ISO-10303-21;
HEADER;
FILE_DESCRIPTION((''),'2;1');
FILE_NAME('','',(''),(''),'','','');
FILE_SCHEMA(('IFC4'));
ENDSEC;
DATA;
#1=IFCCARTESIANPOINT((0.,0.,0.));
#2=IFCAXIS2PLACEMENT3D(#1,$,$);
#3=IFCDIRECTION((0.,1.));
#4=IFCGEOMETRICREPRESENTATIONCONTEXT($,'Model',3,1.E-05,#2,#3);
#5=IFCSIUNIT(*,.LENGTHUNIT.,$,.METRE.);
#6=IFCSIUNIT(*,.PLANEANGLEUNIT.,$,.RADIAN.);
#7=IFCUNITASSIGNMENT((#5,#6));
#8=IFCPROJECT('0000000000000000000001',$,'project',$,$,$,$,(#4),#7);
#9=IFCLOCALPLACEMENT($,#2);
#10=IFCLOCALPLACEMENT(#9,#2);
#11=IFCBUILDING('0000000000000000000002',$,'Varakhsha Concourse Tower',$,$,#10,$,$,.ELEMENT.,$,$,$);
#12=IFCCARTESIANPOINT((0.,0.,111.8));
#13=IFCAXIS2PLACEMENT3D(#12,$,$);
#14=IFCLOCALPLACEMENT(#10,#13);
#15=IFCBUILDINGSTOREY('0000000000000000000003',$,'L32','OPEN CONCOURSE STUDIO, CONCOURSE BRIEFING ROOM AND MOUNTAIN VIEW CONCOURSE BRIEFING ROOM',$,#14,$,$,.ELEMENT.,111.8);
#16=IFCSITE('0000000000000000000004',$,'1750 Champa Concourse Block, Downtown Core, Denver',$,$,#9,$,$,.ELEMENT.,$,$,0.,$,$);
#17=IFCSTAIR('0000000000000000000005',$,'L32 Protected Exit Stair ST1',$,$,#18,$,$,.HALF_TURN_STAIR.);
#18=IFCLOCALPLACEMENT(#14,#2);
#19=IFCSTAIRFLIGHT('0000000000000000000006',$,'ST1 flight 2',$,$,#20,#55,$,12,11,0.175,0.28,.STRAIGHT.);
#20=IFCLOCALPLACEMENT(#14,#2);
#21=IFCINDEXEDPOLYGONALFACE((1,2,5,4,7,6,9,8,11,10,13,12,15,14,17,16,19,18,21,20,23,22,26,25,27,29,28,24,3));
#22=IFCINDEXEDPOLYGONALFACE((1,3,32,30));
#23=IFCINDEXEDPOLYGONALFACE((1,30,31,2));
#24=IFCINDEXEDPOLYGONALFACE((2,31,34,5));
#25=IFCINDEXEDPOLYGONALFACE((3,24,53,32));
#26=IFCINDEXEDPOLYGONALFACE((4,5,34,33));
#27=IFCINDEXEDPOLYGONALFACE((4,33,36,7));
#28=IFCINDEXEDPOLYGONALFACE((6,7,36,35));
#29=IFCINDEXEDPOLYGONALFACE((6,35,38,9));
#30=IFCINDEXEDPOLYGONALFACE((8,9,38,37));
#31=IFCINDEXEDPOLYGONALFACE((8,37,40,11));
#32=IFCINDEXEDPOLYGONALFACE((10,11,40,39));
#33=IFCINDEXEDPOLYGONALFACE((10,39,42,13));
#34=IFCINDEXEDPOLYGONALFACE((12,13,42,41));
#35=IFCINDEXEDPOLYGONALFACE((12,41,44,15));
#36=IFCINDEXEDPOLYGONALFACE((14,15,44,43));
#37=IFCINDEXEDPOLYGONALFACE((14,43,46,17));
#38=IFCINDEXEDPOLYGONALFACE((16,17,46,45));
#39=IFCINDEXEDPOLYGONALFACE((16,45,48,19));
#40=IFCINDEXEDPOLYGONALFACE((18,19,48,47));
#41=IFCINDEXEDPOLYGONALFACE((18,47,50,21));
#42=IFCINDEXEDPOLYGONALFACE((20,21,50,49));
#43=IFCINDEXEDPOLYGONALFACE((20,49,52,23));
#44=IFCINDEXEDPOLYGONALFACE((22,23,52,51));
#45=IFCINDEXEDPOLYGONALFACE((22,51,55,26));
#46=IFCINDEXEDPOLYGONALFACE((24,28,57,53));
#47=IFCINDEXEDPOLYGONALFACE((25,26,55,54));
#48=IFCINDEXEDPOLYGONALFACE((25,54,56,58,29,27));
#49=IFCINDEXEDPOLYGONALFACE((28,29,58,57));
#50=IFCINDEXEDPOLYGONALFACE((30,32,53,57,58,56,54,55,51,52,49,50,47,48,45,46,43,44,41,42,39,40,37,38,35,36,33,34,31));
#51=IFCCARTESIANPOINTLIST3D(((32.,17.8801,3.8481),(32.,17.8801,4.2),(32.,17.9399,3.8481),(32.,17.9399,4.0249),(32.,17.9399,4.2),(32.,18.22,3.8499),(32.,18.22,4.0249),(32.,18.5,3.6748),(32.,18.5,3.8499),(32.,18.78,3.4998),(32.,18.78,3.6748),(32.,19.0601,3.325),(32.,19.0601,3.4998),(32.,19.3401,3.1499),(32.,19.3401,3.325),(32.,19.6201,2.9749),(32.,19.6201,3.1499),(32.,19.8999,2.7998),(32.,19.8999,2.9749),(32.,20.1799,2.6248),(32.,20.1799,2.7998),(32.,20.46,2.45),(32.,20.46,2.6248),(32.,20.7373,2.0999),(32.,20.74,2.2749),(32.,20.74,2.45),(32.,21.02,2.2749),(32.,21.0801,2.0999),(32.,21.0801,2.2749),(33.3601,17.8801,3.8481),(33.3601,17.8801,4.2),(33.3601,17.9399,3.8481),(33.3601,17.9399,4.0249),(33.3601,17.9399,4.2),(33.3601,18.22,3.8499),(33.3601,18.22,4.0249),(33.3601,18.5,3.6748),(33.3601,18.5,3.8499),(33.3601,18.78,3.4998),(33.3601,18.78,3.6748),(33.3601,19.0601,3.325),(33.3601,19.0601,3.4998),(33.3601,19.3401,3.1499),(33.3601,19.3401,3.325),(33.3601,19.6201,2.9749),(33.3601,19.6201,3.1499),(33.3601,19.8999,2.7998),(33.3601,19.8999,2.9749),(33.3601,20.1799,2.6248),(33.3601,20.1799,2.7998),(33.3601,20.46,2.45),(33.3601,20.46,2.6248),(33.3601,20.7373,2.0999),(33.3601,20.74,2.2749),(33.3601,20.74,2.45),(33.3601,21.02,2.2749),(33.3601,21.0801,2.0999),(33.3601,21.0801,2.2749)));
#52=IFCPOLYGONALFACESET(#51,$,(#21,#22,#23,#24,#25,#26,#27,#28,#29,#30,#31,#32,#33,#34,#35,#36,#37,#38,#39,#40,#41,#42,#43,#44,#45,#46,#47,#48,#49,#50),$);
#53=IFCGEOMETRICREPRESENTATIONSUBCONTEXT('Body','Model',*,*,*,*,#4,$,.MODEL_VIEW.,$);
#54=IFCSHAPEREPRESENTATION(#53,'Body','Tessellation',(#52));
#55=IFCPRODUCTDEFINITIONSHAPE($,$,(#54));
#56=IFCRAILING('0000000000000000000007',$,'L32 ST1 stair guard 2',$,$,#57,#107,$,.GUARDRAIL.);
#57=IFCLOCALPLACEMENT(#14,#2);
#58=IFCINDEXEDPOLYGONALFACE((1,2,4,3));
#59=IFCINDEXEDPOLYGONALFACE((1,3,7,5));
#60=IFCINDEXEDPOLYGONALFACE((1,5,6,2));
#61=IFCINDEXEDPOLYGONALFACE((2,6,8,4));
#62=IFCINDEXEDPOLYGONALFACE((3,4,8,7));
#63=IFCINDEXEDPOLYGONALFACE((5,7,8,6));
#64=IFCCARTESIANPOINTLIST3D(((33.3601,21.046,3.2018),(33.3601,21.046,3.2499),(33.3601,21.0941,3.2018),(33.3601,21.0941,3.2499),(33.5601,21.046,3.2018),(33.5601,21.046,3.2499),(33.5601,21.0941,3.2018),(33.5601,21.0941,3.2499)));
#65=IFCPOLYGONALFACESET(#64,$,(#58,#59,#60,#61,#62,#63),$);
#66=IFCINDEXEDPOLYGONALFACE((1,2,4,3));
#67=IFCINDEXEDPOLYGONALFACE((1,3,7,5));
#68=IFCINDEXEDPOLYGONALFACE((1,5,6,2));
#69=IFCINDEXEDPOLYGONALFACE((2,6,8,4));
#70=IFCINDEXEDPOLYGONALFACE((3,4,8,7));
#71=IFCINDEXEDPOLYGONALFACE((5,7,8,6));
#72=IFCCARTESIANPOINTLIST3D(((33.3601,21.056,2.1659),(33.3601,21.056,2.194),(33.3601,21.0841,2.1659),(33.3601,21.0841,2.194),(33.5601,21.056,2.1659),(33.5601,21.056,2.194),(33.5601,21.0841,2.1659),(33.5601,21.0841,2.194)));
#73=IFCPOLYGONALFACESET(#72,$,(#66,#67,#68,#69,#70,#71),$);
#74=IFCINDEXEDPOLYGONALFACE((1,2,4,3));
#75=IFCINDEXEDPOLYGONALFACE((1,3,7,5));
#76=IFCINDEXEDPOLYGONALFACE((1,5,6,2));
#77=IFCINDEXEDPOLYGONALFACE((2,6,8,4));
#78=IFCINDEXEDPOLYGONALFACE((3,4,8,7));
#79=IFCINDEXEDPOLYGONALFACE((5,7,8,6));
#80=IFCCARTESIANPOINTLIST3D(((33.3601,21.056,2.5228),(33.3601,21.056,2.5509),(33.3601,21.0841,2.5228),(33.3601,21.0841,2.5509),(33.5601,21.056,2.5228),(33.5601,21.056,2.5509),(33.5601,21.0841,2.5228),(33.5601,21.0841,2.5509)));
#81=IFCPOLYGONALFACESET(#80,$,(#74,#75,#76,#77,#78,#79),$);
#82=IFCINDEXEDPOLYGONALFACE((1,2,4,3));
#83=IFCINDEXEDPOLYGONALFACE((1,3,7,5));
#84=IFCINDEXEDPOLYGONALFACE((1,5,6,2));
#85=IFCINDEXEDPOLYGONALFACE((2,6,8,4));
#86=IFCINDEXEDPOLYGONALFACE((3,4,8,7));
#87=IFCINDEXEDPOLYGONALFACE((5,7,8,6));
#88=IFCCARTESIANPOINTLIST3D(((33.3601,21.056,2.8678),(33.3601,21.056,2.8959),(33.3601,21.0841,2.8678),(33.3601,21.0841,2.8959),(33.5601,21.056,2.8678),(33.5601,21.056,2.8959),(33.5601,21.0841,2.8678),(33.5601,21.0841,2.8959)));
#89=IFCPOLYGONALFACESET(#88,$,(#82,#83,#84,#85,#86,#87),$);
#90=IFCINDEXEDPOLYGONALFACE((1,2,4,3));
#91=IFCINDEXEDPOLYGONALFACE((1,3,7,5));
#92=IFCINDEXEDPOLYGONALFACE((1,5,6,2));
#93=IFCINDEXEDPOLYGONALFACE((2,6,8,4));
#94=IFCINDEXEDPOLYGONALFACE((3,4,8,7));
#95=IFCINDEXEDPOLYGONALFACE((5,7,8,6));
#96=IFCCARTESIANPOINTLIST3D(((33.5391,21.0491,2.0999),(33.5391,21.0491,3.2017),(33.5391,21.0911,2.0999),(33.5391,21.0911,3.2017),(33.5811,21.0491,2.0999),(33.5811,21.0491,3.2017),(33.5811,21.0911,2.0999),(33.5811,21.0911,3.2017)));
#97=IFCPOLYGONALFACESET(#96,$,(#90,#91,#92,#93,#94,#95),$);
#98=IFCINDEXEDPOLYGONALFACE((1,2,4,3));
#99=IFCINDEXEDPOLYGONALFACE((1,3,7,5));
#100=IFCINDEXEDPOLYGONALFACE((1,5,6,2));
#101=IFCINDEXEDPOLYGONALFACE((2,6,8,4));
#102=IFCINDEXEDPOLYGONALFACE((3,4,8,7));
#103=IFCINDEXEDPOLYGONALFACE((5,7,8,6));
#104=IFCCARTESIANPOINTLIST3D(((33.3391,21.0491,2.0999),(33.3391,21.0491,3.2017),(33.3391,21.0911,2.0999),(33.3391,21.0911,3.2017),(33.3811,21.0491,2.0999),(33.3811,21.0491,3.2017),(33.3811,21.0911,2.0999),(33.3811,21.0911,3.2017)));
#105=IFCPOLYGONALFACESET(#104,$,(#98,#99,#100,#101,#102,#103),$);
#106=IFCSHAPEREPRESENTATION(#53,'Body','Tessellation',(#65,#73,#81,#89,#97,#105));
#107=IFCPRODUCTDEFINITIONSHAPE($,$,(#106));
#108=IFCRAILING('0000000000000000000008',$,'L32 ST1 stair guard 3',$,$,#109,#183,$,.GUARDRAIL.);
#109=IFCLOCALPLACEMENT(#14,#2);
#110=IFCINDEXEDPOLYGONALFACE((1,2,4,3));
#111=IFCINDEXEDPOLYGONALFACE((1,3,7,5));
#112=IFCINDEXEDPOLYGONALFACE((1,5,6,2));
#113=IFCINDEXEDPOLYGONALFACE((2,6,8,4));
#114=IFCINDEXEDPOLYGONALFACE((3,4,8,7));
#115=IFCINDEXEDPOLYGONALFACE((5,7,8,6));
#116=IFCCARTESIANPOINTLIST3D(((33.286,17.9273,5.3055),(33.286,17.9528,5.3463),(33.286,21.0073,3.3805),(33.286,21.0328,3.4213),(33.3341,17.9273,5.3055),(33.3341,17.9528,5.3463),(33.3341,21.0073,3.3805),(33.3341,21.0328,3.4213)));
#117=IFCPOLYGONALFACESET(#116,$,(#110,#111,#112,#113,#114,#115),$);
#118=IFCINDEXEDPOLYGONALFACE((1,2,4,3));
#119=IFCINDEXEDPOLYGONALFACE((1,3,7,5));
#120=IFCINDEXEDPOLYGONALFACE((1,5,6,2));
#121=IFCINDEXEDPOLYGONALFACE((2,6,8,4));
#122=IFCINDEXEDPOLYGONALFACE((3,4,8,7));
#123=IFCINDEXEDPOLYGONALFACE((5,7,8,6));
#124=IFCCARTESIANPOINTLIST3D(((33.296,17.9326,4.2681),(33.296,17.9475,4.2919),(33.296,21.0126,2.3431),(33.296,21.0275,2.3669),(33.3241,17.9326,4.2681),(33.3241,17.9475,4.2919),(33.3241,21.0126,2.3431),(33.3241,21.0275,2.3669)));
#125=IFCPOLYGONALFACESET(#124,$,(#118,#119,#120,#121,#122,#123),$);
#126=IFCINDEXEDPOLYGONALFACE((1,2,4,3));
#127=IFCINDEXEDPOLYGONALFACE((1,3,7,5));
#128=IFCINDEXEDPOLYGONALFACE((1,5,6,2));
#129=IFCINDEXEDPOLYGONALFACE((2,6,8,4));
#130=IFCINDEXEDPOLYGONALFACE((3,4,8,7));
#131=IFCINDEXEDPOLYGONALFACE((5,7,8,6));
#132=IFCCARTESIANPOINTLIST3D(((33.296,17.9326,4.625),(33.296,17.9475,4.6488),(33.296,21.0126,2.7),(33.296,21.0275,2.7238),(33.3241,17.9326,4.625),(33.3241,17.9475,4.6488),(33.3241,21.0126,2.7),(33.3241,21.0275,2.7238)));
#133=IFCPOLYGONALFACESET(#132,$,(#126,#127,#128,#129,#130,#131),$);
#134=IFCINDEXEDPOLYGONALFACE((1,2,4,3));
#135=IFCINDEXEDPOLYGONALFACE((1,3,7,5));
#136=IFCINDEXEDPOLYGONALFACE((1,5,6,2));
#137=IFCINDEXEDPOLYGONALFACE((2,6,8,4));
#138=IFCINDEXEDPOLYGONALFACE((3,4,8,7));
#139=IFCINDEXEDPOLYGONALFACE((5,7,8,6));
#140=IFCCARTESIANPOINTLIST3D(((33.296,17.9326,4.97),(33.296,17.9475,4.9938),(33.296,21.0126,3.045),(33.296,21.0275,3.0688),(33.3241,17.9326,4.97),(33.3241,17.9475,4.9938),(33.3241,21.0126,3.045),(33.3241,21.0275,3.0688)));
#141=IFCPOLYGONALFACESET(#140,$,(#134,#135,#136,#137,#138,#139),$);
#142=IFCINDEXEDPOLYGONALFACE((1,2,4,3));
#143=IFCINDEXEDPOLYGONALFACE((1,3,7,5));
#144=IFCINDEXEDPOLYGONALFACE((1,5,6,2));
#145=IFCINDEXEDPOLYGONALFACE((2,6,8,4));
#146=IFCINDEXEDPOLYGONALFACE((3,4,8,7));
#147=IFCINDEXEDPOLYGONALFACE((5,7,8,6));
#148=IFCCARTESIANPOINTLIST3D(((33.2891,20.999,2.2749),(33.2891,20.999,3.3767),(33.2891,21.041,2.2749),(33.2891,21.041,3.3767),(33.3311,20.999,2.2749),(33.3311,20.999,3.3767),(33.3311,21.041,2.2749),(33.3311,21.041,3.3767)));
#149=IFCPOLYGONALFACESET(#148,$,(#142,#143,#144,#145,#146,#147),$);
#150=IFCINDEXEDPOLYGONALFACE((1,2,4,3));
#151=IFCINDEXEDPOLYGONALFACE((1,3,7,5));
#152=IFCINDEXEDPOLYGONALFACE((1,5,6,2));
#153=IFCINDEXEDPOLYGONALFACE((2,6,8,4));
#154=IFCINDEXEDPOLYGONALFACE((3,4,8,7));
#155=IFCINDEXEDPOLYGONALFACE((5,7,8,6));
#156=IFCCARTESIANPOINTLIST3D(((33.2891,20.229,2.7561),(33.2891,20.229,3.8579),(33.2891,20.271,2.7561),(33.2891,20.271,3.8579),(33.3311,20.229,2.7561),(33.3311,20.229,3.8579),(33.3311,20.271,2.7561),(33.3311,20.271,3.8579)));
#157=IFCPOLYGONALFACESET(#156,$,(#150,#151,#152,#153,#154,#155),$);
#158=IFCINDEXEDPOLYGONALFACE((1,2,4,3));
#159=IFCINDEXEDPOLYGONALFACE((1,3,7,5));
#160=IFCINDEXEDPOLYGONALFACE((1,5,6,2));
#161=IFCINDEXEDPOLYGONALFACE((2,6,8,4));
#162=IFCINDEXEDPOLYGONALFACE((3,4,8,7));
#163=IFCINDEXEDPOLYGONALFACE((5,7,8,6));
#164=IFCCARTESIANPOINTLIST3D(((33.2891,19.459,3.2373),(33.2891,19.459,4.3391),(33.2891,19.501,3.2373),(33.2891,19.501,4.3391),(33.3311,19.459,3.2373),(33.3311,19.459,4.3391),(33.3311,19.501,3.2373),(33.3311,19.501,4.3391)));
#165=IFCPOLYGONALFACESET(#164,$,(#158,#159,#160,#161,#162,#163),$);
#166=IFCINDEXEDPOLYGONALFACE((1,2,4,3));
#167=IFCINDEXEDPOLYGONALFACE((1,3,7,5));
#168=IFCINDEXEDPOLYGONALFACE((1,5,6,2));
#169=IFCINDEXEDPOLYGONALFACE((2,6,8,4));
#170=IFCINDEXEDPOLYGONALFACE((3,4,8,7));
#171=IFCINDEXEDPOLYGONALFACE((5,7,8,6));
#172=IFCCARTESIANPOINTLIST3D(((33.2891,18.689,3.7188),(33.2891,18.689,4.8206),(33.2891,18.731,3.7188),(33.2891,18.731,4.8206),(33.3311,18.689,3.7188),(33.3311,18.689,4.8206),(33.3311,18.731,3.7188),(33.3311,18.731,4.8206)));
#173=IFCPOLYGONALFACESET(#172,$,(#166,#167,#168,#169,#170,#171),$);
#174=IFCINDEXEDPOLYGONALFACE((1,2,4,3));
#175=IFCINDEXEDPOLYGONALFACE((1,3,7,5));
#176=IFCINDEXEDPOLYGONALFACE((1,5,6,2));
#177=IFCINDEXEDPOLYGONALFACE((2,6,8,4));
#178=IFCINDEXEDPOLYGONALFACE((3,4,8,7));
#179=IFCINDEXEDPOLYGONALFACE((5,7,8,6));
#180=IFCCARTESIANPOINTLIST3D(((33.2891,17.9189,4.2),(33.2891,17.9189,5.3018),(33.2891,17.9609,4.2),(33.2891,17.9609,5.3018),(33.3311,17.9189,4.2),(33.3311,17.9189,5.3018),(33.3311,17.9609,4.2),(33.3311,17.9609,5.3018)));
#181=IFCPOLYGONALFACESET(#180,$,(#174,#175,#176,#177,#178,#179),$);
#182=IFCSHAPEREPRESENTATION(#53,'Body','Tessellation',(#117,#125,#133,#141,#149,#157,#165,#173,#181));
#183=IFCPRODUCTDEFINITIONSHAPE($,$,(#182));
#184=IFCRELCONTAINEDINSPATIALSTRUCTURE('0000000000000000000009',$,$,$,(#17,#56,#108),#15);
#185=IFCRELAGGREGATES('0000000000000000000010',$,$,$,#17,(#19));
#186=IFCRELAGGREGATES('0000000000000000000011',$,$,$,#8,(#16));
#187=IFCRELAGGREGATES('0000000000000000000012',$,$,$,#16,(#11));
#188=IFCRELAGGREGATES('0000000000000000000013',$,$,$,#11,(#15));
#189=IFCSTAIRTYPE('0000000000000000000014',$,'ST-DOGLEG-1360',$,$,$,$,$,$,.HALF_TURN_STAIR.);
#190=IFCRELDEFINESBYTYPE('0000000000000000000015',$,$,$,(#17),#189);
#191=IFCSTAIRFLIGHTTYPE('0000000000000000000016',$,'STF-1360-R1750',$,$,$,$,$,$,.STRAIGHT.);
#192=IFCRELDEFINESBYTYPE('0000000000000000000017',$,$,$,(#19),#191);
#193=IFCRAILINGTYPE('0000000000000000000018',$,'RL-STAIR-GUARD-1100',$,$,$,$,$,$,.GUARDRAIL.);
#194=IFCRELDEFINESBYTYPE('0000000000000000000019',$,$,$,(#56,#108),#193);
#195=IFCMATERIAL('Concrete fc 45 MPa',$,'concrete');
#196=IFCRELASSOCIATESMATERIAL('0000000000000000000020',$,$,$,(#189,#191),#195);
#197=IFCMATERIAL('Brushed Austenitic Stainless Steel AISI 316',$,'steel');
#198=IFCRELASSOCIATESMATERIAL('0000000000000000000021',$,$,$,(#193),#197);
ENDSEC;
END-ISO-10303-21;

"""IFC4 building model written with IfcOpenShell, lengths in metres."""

from ifc_helpers import new_model, si_unit, direction, frame, origin, origin_2d, place, context, subcontext, project, spatial, polyline, rectangle, outline, extrude, material, type_object, element, aggregate, save


model = new_model("IFC4")

# Units and contexts
model_context = context("Model", 3, precision=1e-05, world=origin(), true_north=direction((0.0, 1.0)))
body_context = subcontext(model_context, "Body", "Model", "MODEL_VIEW")
ifc_project = project(units=[si_unit("LENGTHUNIT", "METRE"), si_unit("PLANEANGLEUNIT", "RADIAN")], contexts=[model_context])

# Site, building, storey
site_placement = place(None, origin())
site = spatial("IfcSite", under=ifc_project, at=site_placement, Name="1750 Champa Concourse Block, Downtown Core, Denver", CompositionType="ELEMENT", RefElevation=0.0)
building_placement = place(site_placement, origin())
building = spatial("IfcBuilding", under=site, at=building_placement, Name="Varakhsha Concourse Tower", CompositionType="ELEMENT")
storey_placement = place(building_placement, frame((0.0, 0.0, 111.8)))
storey = spatial("IfcBuildingStorey", under=building, at=storey_placement, Name="L32", Description="OPEN CONCOURSE STUDIO, CONCOURSE BRIEFING ROOM AND MOUNTAIN VIEW CONCOURSE BRIEFING ROOM", CompositionType="ELEMENT", Elevation=111.8)

# Shared definitions
ifc_material_1 = material(Name="Brushed Austenitic Stainless Steel AISI 316", Category="steel")

# Shared definitions
ifc_material_2 = material(Name="Concrete fc 45 MPa", Category="concrete")

# Stair, stair flight
stair_type = type_object("IfcStairType", Name="ST-DOGLEG-1360", PredefinedType="HALF_TURN_STAIR", material=ifc_material_2)
stair_placement = place(storey_placement, origin())
stair = element("IfcStair", 1, at=stair_placement, inside=storey, type_object=stair_type, Name="L32 Protected Exit Stair ST1", PredefinedType="HALF_TURN_STAIR")
stair_flight_type = type_object("IfcStairFlightType", Name="STF-1360-R1750", PredefinedType="STRAIGHT", material=ifc_material_2)
stair_flight_placement = place(storey_placement, frame((32.6799, 21.02, 2.0999), z_axis=(0.0, 0.0, 1.0), x_axis=(0.0, -1.0, 0.0)))
stair_flight = element("IfcStairFlight", 2, at=stair_flight_placement, type_object=stair_flight_type, Name="ST1 flight 2", NumberOfRisers=12, NumberOfTreads=11, PredefinedType="STRAIGHT", RiserHeight=0.175, TreadLength=0.28, context=body_context, shape_type="SweptSolid", body=[
    extrude(outline(polyline([(-0.0601, 0.0), (-0.0601, 0.175), (0.0, 0.175), (0.28, 0.175), (0.28, 0.3501), (0.5601, 0.3501), (0.5601, 0.5249), (0.8401, 0.5249), (0.8401, 0.7), (1.1201, 0.7), (1.1201, 0.875), (1.3999, 0.875), (1.3999, 1.05), (1.6799, 1.05), (1.6799, 1.2251), (1.96, 1.2251), (1.96, 1.3999), (2.24, 1.3999), (2.24, 1.575), (2.52, 1.575), (2.52, 1.75), (2.8, 1.75), (2.8, 1.925), (3.0801, 1.925), (3.0801, 2.1001), (3.1399, 2.1001), (3.1399, 1.7483), (3.0801, 1.7483), (0.2827, 0.0), (-0.0601, 0.0)])), frame((0.0, 0.6802, 0.0), z_axis=(0.0, -1.0, 0.0), x_axis=(1.0, 0.0, 0.0)), (0.0, 0.0, 1.0), 1.3601),
])
aggregate(stair, [stair_flight])

# Railings
railing_type_1 = type_object("IfcRailingType", Name="RL-STAIR-GUARD-1100", PredefinedType="GUARDRAIL", material=ifc_material_1)
railing_1_placement = place(storey_placement, frame((33.5601, 21.0701, 2.0999)))
element("IfcRailing", 3, at=railing_1_placement, inside=storey, type_object=railing_type_1, Name="L32 ST1 stair guard 2", PredefinedType="GUARDRAIL", context=body_context, shape_type="SweptSolid", body=[
    extrude(rectangle(XDim=0.0481, YDim=0.0481, at=origin_2d()), frame((0.0, 0.0, 1.126), z_axis=(-1.0, 0.0, 0.0), x_axis=(0.0, -1.0, 0.0)), (0.0, 0.0, 1.0), 0.2),
    extrude(rectangle(XDim=0.0281, YDim=0.0281, at=origin_2d()), frame((0.0, 0.0, 0.0801), z_axis=(-1.0, 0.0, 0.0), x_axis=(0.0, -1.0, 0.0)), (0.0, 0.0, 1.0), 0.2),
    extrude(rectangle(XDim=0.0281, YDim=0.0281, at=origin_2d()), frame((0.0, 0.0, 0.437), z_axis=(-1.0, 0.0, 0.0), x_axis=(0.0, -1.0, 0.0)), (0.0, 0.0, 1.0), 0.2),
    extrude(rectangle(XDim=0.0281, YDim=0.0281, at=origin_2d()), frame((0.0, 0.0, 0.782), z_axis=(-1.0, 0.0, 0.0), x_axis=(0.0, -1.0, 0.0)), (0.0, 0.0, 1.0), 0.2),
    extrude(rectangle(XDim=0.042, YDim=0.042, at=origin_2d()), origin(), (0.0, 0.0, 1.0), 1.1018),
    extrude(rectangle(XDim=0.042, YDim=0.042, at=origin_2d()), frame((-0.2, 0.0, 0.0)), (0.0, 0.0, 1.0), 1.1018),
])
railing_2_placement = place(storey_placement, frame((33.3101, 21.02, 2.2749)))
element("IfcRailing", 4, at=railing_2_placement, inside=storey, type_object=railing_type_1, Name="L32 ST1 stair guard 3", PredefinedType="GUARDRAIL", context=body_context, shape_type="SweptSolid", body=[
    extrude(rectangle(XDim=0.0481, YDim=0.0481, at=origin_2d()), frame((0.0, 0.0, 1.126), z_axis=(0.0, -0.847998, 0.529999), x_axis=(1.0, 0.0, 0.0)), (0.0, 0.0, 1.0), 3.6321),
    extrude(rectangle(XDim=0.0281, YDim=0.0281, at=origin_2d()), frame((0.0, 0.0, 0.0801), z_axis=(0.0, -0.847998, 0.529999), x_axis=(1.0, 0.0, 0.0)), (0.0, 0.0, 1.0), 3.6321),
    extrude(rectangle(XDim=0.0281, YDim=0.0281, at=origin_2d()), frame((0.0, 0.0, 0.437), z_axis=(0.0, -0.847998, 0.529999), x_axis=(1.0, 0.0, 0.0)), (0.0, 0.0, 1.0), 3.6321),
    extrude(rectangle(XDim=0.0281, YDim=0.0281, at=origin_2d()), frame((0.0, 0.0, 0.782), z_axis=(0.0, -0.847998, 0.529999), x_axis=(1.0, 0.0, 0.0)), (0.0, 0.0, 1.0), 3.6321),
    extrude(rectangle(XDim=0.042, YDim=0.042, at=origin_2d()), origin(), (0.0, 0.0, 1.0), 1.1018),
    extrude(rectangle(XDim=0.042, YDim=0.042, at=origin_2d()), frame((0.0, -0.77, 0.4812)), (0.0, 0.0, 1.0), 1.1018),
    extrude(rectangle(XDim=0.042, YDim=0.042, at=origin_2d()), frame((0.0, -1.54, 0.9624)), (0.0, 0.0, 1.0), 1.1018),
    extrude(rectangle(XDim=0.042, YDim=0.042, at=origin_2d()), frame((0.0, -2.3101, 1.4438)), (0.0, 0.0, 1.0), 1.1018),
    extrude(rectangle(XDim=0.042, YDim=0.042, at=origin_2d()), frame((0.0, -3.0801, 1.925)), (0.0, 0.0, 1.0), 1.1018),
])

save(model, "model.ifc")
